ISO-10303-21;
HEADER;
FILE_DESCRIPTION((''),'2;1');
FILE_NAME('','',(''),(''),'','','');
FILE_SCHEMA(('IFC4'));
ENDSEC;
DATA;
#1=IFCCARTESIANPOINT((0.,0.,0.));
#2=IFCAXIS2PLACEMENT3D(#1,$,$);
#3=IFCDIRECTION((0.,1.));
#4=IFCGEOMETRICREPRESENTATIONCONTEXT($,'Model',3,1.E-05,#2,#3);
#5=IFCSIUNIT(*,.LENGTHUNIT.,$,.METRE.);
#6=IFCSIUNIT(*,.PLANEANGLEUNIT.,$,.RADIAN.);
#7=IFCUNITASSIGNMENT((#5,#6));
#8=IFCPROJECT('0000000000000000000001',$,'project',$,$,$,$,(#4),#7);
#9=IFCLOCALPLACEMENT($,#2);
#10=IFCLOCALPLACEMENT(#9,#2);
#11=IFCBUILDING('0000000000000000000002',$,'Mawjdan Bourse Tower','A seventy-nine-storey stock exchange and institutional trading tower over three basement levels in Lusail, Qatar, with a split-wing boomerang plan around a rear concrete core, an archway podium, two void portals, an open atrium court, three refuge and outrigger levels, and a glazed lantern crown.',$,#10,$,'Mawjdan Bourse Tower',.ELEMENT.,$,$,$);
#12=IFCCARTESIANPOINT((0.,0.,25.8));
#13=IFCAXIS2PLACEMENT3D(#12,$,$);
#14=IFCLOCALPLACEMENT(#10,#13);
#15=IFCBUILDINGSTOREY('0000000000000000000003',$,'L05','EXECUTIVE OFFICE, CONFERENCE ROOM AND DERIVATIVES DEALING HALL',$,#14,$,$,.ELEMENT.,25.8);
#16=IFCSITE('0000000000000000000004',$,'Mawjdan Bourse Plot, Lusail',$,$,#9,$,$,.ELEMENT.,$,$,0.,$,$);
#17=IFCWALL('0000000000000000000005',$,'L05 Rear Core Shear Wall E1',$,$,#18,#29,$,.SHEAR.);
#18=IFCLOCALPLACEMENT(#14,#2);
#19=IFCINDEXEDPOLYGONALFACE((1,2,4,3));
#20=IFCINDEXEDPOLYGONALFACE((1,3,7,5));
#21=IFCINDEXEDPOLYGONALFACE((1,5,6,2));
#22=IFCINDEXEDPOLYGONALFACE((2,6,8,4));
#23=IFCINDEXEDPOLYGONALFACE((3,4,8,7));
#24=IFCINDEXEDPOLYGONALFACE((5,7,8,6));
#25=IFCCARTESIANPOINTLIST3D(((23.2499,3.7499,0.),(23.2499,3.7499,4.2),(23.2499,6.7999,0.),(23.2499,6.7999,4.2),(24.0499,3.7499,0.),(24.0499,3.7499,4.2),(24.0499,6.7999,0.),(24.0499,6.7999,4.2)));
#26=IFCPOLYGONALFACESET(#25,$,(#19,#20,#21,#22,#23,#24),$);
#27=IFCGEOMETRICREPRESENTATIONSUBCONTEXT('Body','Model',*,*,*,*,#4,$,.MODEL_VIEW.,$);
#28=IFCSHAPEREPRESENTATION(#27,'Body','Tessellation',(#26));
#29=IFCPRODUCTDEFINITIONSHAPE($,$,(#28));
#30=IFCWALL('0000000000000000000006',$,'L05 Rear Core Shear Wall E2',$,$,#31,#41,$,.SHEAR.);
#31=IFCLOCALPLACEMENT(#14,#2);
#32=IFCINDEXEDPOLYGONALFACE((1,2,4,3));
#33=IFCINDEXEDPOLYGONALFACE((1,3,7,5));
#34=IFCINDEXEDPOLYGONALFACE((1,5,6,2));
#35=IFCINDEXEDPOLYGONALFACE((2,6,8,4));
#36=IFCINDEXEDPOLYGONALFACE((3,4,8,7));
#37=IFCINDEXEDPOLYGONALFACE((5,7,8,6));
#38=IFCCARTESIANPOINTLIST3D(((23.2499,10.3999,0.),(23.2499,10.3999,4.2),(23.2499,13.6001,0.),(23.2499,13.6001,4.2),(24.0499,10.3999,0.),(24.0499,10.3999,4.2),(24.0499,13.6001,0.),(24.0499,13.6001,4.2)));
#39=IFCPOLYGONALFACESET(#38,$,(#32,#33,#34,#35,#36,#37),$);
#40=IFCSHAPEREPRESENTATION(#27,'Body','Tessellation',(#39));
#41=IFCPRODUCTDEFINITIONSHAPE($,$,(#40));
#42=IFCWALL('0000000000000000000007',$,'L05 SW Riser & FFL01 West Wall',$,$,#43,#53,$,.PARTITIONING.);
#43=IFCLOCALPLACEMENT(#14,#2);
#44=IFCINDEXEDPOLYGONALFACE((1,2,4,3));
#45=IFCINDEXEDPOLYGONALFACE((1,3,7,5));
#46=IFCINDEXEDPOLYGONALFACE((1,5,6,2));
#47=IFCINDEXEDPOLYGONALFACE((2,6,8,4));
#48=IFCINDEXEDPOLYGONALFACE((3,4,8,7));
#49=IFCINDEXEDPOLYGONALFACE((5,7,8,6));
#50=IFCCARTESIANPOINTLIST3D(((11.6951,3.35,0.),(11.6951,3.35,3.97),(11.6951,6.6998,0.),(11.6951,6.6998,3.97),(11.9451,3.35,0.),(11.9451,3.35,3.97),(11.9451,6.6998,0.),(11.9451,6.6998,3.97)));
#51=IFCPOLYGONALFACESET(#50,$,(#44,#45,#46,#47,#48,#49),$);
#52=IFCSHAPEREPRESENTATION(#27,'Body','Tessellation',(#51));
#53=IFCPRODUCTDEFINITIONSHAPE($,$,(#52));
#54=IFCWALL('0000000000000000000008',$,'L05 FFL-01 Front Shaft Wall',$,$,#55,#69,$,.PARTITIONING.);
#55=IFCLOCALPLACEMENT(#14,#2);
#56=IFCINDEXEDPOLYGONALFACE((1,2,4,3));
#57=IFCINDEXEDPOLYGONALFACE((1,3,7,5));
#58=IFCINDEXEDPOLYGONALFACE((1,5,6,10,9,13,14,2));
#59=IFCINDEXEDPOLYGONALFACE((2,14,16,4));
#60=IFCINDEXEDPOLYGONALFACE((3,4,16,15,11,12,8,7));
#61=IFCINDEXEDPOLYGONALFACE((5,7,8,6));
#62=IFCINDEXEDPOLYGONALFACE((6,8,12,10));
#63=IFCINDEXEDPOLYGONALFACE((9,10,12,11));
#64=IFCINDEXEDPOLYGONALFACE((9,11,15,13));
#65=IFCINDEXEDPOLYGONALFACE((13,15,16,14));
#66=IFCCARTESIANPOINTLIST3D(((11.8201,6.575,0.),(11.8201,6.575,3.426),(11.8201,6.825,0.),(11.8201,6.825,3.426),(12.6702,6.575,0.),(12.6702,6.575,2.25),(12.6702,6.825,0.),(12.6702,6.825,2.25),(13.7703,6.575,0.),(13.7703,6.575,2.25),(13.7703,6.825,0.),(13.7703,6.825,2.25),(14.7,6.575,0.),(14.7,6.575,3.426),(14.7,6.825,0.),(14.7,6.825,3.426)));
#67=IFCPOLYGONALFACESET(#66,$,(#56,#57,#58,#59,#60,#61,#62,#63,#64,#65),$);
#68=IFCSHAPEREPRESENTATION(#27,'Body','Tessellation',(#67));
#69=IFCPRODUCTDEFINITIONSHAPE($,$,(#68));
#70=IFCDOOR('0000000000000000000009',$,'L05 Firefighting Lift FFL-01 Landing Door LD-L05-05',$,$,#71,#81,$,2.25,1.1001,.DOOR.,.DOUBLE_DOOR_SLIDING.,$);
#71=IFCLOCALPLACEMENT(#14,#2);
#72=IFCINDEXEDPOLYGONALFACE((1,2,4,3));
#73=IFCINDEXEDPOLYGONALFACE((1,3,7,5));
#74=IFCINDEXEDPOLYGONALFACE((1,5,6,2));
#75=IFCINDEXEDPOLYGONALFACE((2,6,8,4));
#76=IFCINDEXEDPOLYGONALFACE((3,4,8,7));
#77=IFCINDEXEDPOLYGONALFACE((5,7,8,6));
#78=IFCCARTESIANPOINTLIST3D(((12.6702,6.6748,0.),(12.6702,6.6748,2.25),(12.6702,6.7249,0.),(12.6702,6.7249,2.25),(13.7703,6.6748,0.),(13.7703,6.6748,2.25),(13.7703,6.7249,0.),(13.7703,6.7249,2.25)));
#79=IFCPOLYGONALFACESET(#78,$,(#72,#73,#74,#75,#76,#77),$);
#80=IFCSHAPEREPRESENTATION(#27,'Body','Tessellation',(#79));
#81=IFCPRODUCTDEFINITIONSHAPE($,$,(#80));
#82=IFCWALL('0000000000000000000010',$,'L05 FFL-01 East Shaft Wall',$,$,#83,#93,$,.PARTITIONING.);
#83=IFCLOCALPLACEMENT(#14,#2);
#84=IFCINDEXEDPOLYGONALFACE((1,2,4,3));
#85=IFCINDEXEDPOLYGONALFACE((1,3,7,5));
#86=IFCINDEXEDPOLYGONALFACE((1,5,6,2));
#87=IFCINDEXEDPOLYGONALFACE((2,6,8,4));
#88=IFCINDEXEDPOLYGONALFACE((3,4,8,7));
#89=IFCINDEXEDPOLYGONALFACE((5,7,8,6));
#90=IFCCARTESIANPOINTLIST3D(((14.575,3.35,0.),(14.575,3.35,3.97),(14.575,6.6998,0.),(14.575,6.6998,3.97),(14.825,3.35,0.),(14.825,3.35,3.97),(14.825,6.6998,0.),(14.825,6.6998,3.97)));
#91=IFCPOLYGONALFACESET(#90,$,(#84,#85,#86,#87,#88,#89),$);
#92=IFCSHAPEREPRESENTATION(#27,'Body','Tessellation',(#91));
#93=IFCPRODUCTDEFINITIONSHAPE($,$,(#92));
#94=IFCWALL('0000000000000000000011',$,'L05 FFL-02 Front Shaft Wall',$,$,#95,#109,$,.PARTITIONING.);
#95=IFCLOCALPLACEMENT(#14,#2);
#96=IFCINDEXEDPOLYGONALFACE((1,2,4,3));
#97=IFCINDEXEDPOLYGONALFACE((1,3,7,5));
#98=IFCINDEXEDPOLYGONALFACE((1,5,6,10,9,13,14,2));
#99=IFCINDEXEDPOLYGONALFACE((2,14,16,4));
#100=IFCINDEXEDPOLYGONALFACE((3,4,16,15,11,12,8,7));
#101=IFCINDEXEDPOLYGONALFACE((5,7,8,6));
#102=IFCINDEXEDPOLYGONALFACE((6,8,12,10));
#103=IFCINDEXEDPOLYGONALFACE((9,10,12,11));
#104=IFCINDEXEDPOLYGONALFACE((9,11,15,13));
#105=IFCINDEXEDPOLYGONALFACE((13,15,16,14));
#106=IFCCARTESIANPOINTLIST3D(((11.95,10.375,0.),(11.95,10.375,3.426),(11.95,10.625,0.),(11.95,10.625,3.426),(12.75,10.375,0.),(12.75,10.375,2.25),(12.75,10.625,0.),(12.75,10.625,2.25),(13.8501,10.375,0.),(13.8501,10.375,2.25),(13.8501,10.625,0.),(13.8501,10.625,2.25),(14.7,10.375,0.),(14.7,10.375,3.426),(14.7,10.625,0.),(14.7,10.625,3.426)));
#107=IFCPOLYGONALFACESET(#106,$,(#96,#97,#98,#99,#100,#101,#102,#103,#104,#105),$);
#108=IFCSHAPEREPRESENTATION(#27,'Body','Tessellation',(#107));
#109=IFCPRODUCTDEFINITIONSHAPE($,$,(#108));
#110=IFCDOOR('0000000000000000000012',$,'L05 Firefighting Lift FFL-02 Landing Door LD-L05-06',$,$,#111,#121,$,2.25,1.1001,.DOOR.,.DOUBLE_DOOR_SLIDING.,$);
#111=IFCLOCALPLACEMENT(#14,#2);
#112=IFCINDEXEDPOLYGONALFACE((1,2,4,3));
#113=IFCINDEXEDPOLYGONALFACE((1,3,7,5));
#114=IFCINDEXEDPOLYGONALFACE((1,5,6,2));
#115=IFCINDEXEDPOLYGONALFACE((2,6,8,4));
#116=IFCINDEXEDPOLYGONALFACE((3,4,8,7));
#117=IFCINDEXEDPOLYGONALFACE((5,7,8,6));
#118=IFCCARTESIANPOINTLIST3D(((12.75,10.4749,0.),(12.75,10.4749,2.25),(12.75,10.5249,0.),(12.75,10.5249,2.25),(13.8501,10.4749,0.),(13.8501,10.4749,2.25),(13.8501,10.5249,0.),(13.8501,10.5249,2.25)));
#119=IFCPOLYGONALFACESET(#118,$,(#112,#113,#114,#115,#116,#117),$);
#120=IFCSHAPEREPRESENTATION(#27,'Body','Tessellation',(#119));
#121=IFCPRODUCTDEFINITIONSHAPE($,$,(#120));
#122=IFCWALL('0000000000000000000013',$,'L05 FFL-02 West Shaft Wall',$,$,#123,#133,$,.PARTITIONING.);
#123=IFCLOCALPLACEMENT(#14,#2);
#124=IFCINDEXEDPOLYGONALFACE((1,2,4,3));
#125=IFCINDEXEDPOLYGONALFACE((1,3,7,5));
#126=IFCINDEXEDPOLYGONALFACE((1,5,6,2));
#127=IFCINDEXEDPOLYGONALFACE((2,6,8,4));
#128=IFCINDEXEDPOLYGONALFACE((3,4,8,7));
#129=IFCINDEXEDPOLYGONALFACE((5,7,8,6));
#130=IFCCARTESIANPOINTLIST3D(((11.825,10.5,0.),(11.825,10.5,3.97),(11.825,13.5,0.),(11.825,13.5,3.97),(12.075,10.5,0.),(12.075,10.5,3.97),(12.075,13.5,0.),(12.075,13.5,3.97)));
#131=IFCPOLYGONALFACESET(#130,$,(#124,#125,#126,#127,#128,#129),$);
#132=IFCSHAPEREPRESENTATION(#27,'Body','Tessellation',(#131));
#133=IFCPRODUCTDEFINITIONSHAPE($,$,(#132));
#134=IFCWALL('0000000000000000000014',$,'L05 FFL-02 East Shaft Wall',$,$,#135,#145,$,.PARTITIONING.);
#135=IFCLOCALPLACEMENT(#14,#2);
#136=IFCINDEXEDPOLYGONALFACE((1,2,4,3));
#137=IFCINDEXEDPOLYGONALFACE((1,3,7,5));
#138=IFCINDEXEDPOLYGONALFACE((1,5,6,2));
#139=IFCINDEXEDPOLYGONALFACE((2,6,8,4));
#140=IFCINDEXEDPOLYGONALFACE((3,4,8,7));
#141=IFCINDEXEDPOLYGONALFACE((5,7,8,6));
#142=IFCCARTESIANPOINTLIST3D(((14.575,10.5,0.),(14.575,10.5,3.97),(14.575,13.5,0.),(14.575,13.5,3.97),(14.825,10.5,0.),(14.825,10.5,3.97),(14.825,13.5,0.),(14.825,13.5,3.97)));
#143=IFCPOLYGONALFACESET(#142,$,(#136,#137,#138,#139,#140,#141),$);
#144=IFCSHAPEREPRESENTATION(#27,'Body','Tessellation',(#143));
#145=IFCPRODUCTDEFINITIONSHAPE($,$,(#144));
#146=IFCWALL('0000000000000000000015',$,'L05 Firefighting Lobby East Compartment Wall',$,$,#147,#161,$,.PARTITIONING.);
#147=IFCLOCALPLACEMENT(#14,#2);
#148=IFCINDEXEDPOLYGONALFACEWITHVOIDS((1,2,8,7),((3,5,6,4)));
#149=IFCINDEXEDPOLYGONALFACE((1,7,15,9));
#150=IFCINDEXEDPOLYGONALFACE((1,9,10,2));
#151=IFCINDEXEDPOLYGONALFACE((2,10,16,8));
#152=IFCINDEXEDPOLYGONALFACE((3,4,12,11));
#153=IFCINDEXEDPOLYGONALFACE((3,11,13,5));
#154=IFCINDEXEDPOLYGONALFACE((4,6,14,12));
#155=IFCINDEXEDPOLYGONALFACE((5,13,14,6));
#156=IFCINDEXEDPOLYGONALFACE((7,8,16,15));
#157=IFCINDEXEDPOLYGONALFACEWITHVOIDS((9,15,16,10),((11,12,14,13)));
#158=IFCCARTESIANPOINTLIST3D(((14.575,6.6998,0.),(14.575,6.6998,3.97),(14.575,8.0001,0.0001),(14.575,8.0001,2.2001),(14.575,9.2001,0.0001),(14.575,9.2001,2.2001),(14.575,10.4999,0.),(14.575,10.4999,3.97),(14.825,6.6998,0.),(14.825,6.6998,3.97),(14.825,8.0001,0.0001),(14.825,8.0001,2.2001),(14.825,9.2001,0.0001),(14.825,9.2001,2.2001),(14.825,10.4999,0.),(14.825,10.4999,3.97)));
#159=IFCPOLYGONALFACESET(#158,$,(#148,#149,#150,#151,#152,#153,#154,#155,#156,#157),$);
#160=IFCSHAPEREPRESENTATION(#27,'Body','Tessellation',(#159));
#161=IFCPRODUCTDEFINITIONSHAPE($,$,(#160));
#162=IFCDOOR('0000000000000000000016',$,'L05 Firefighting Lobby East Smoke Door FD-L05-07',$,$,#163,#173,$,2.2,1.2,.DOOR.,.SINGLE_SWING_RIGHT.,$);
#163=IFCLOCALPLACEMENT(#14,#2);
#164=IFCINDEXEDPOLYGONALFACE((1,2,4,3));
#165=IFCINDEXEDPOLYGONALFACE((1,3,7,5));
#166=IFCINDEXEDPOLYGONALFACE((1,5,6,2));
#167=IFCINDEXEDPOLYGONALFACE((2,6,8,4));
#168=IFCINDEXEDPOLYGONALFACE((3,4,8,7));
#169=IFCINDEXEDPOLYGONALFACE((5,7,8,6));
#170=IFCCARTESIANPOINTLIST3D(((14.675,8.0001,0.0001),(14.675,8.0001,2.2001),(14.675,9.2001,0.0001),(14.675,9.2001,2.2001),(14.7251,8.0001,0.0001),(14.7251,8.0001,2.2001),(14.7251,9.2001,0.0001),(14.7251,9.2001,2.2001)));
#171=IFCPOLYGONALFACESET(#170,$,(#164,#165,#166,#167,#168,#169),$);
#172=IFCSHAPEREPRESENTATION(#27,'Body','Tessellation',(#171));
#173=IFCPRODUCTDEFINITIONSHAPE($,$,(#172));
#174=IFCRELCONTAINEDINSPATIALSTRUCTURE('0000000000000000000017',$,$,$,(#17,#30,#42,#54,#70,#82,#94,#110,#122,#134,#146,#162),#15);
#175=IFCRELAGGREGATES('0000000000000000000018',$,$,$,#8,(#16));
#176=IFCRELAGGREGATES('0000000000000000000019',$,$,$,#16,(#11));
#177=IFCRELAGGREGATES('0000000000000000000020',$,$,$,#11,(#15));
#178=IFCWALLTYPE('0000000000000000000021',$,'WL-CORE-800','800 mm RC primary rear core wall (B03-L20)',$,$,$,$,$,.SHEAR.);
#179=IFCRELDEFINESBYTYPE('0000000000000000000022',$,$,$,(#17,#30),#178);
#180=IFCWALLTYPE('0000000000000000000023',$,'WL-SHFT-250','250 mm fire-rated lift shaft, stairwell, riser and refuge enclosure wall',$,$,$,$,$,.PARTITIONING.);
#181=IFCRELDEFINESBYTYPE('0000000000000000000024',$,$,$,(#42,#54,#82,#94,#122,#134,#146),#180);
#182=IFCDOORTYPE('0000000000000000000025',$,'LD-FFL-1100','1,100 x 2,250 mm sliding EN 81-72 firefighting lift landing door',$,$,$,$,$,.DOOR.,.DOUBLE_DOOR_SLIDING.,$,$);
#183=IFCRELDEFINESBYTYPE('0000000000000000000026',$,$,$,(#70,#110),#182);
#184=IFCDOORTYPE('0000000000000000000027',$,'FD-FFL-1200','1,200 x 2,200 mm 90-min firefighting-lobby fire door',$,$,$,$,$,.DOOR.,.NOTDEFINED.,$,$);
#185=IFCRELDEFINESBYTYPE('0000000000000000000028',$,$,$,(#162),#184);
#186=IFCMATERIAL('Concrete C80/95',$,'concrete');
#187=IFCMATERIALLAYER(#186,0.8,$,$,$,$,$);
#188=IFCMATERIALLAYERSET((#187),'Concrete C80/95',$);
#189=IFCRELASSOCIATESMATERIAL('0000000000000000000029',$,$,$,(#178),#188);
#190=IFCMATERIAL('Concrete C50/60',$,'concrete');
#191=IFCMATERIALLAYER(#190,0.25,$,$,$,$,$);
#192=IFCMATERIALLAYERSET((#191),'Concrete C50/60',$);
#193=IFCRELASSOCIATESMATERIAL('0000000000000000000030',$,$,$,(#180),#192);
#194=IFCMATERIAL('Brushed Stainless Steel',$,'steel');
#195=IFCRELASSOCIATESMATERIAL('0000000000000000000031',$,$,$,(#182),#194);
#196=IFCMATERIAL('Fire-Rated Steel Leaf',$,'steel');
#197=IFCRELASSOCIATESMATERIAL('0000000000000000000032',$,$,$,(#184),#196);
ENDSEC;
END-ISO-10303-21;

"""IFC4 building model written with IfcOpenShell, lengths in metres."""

from ifc_helpers import new_model, si_unit, direction, frame, frame_2d, origin, place, context, subcontext, project, spatial, rectangle, extrude, material, layer, layer_set, type_object, element, fill, save


model = new_model("IFC4")

# Units and contexts
model_context = context("Model", 3, precision=1e-05, world=origin(), true_north=direction((0.0, 1.0)))
body_context = subcontext(model_context, "Body", "Model", "MODEL_VIEW")
ifc_project = project(units=[si_unit("LENGTHUNIT", "METRE"), si_unit("PLANEANGLEUNIT", "RADIAN")], contexts=[model_context])

# Site, building, storey
site_placement = place(None, origin())
site = spatial("IfcSite", under=ifc_project, at=site_placement, Name="Mawjdan Bourse Plot, Lusail", CompositionType="ELEMENT", RefElevation=0.0)
building_placement = place(site_placement, origin())
building = spatial("IfcBuilding", under=site, at=building_placement, Name="Mawjdan Bourse Tower", Description="A seventy-nine-storey stock exchange and institutional trading tower over three basement levels in Lusail, Qatar, with a split-wing boomerang plan around a rear concrete core, an archway podium, two void portals, an open atrium court, three refuge and outrigger levels, and a glazed lantern crown.", LongName="Mawjdan Bourse Tower", CompositionType="ELEMENT")
storey_placement = place(building_placement, frame((0.0, 0.0, 25.8)))
storey = spatial("IfcBuildingStorey", under=building, at=storey_placement, Name="L05", Description="EXECUTIVE OFFICE, CONFERENCE ROOM AND DERIVATIVES DEALING HALL", CompositionType="ELEMENT", Elevation=25.8)

# Walls
ifc_material_1 = material(Name="Concrete C80/95", Category="concrete")
ifc_layer_1 = layer(ifc_material_1, 0.8)
ifc_layer_set_1 = layer_set([ifc_layer_1], Name="Concrete C80/95")
wall_type_1 = type_object("IfcWallType", Name="WL-CORE-800", Description="800 mm RC primary rear core wall (B03-L20)", PredefinedType="SHEAR", material=ifc_layer_set_1)
wall_1_placement = place(storey_placement, frame((23.6499, 3.75, 0.0), z_axis=(0.0, 0.0, 1.0), x_axis=(0.0, 1.0, 0.0)))
element("IfcWall", 1, at=wall_1_placement, inside=storey, type_object=wall_type_1, Name="L05 Rear Core Shear Wall E1", PredefinedType="SHEAR", context=body_context, shape_type="SweptSolid", body=[
    extrude(rectangle(XDim=3.05, YDim=0.8, at=frame_2d((1.5249, 0.0))), origin(), (0.0, 0.0, 1.0), 4.2),
])
wall_2_placement = place(storey_placement, frame((23.6499, 10.3999, 0.0), z_axis=(0.0, 0.0, 1.0), x_axis=(0.0, 1.0, 0.0)))
element("IfcWall", 2, at=wall_2_placement, inside=storey, type_object=wall_type_1, Name="L05 Rear Core Shear Wall E2", PredefinedType="SHEAR", context=body_context, shape_type="SweptSolid", body=[
    extrude(rectangle(XDim=3.2002, YDim=0.8, at=frame_2d((1.6001, 0.0))), origin(), (0.0, 0.0, 1.0), 4.2),
])
ifc_material_2 = material(Name="Concrete C50/60", Category="concrete")
ifc_layer_2 = layer(ifc_material_2, 0.25)
ifc_layer_set_2 = layer_set([ifc_layer_2], Name="Concrete C50/60")
wall_type_2 = type_object("IfcWallType", Name="WL-SHFT-250", Description="250 mm fire-rated lift shaft, stairwell, riser and refuge enclosure wall", PredefinedType="PARTITIONING", material=ifc_layer_set_2)
wall_3_placement = place(storey_placement, frame((11.8201, 3.3501, 0.0), z_axis=(0.0, 0.0, 1.0), x_axis=(0.0, 1.0, 0.0)))
element("IfcWall", 3, at=wall_3_placement, inside=storey, type_object=wall_type_2, Name="L05 SW Riser & FFL01 West Wall", PredefinedType="PARTITIONING", context=body_context, shape_type="SweptSolid", body=[
    extrude(rectangle(XDim=3.3499, YDim=0.25, at=frame_2d((1.6748, 0.0))), origin(), (0.0, 0.0, 1.0), 3.97),
])

# Wall, opening, door
wall_4_placement = place(storey_placement, frame((11.8201, 6.7, 0.0), z_axis=(0.0, 0.0, 1.0), x_axis=(1.0, 0.0, 0.0)))
wall_4 = element("IfcWall", 4, at=wall_4_placement, inside=storey, type_object=wall_type_2, Name="L05 FFL-01 Front Shaft Wall", PredefinedType="PARTITIONING", context=body_context, shape_type="SweptSolid", body=[
    extrude(rectangle(XDim=2.8799, YDim=0.25, at=frame_2d((1.4399, 0.0))), origin(), (0.0, 0.0, 1.0), 3.426),
])
opening_1_placement = place(wall_4_placement, frame((0.8501, 0.0, 0.0)))
opening_1 = element("IfcOpeningElement", 5, at=opening_1_placement, cuts=wall_4, PredefinedType="OPENING", context=body_context, shape_type="SweptSolid", body=[
    extrude(rectangle(XDim=1.1001, YDim=2.25, at=frame_2d((0.55, 1.125))), frame((0.0, 0.135, 0.0), z_axis=(0.0, -1.0, 0.0), x_axis=(1.0, 0.0, 0.0)), (0.0, 0.0, 1.0), 0.27),
])
ifc_material_3 = material(Name="Brushed Stainless Steel", Category="steel")
door_type_1 = type_object("IfcDoorType", Name="LD-FFL-1100", Description="1,100 x 2,250 mm sliding EN 81-72 firefighting lift landing door", OperationType="DOUBLE_DOOR_SLIDING", PredefinedType="DOOR", material=ifc_material_3)
door_1_placement = place(opening_1_placement, origin())
door_1 = element("IfcDoor", 6, at=door_1_placement, inside=storey, type_object=door_type_1, Name="L05 Firefighting Lift FFL-01 Landing Door LD-L05-05", OperationType="DOUBLE_DOOR_SLIDING", OverallHeight=2.25, OverallWidth=1.1001, PredefinedType="DOOR", context=body_context, shape_type="SweptSolid", body=[
    extrude(rectangle(XDim=1.1001, YDim=2.25, at=frame_2d((0.55, 1.125))), frame((0.0, 0.0249, 0.0), z_axis=(0.0, -1.0, 0.0), x_axis=(1.0, 0.0, 0.0)), (0.0, 0.0, 1.0), 0.05),
])
fill(opening_1, door_1)

# Wall
wall_5_placement = place(storey_placement, frame((14.7, 3.3501, 0.0), z_axis=(0.0, 0.0, 1.0), x_axis=(0.0, 1.0, 0.0)))
element("IfcWall", 7, at=wall_5_placement, inside=storey, type_object=wall_type_2, Name="L05 FFL-01 East Shaft Wall", PredefinedType="PARTITIONING", context=body_context, shape_type="SweptSolid", body=[
    extrude(rectangle(XDim=3.3499, YDim=0.25, at=frame_2d((1.6748, 0.0))), origin(), (0.0, 0.0, 1.0), 3.97),
])

# Wall, opening, door
wall_6_placement = place(storey_placement, frame((11.95, 10.5, 0.0), z_axis=(0.0, 0.0, 1.0), x_axis=(1.0, 0.0, 0.0)))
wall_6 = element("IfcWall", 8, at=wall_6_placement, inside=storey, type_object=wall_type_2, Name="L05 FFL-02 Front Shaft Wall", PredefinedType="PARTITIONING", context=body_context, shape_type="SweptSolid", body=[
    extrude(rectangle(XDim=2.75, YDim=0.25, at=frame_2d((1.375, 0.0))), origin(), (0.0, 0.0, 1.0), 3.426),
])
opening_2_placement = place(wall_6_placement, frame((0.8, 0.0, 0.0)))
opening_2 = element("IfcOpeningElement", 9, at=opening_2_placement, cuts=wall_6, PredefinedType="OPENING", context=body_context, shape_type="SweptSolid", body=[
    extrude(rectangle(XDim=1.1001, YDim=2.25, at=frame_2d((0.55, 1.125))), frame((0.0, 0.135, 0.0), z_axis=(0.0, -1.0, 0.0), x_axis=(1.0, 0.0, 0.0)), (0.0, 0.0, 1.0), 0.27),
])
door_2_placement = place(opening_2_placement, origin())
door_2 = element("IfcDoor", 10, at=door_2_placement, inside=storey, type_object=door_type_1, Name="L05 Firefighting Lift FFL-02 Landing Door LD-L05-06", OperationType="DOUBLE_DOOR_SLIDING", OverallHeight=2.25, OverallWidth=1.1001, PredefinedType="DOOR", context=body_context, shape_type="SweptSolid", body=[
    extrude(rectangle(XDim=1.1001, YDim=2.25, at=frame_2d((0.55, 1.125))), frame((0.0, 0.0249, 0.0), z_axis=(0.0, -1.0, 0.0), x_axis=(1.0, 0.0, 0.0)), (0.0, 0.0, 1.0), 0.05),
])
fill(opening_2, door_2)

# Walls
for number, where, z_axis, x_axis, name in (
    (11, (11.95, 10.5, 0.0), (0.0, 0.0, 1.0), (0.0, 1.0, 0.0), "L05 FFL-02 West Shaft Wall"),
    (12, (14.7, 10.5, 0.0), (0.0, 0.0, 1.0), (0.0, 1.0, 0.0), "L05 FFL-02 East Shaft Wall"),
):
    element("IfcWall", number, at=place(storey_placement, frame(where, z_axis=z_axis, x_axis=x_axis)), inside=storey, type_object=wall_type_2, Name=name, PredefinedType="PARTITIONING", context=body_context, shape_type="SweptSolid", body=[
        extrude(rectangle(XDim=3.0, YDim=0.25, at=frame_2d((1.5, 0.0))), origin(), (0.0, 0.0, 1.0), 3.97),
    ])

# Wall, opening, door
wall_7_placement = place(storey_placement, frame((14.7, 6.7, 0.0), z_axis=(0.0, 0.0, 1.0), x_axis=(0.0, 1.0, 0.0)))
wall_7 = element("IfcWall", 13, at=wall_7_placement, inside=storey, type_object=wall_type_2, Name="L05 Firefighting Lobby East Compartment Wall", PredefinedType="PARTITIONING", context=body_context, shape_type="SweptSolid", body=[
    extrude(rectangle(XDim=3.8, YDim=0.25, at=frame_2d((1.8999, 0.0))), origin(), (0.0, 0.0, 1.0), 3.97),
])
opening_3_placement = place(wall_7_placement, frame((1.3, 0.0, 0.0)))
opening_3 = element("IfcOpeningElement", 14, at=opening_3_placement, cuts=wall_7, PredefinedType="OPENING", context=body_context, shape_type="SweptSolid", body=[
    extrude(rectangle(XDim=1.2, YDim=2.2, at=frame_2d((0.6001, 1.1001))), frame((0.0, 0.135, 0.0), z_axis=(0.0, -1.0, 0.0), x_axis=(1.0, 0.0, 0.0)), (0.0, 0.0, 1.0), 0.27),
])
ifc_material_4 = material(Name="Fire-Rated Steel Leaf", Category="steel")
door_type_2 = type_object("IfcDoorType", Name="FD-FFL-1200", Description="1,200 x 2,200 mm 90-min firefighting-lobby fire door", OperationType="NOTDEFINED", PredefinedType="DOOR", material=ifc_material_4)
door_3_placement = place(opening_3_placement, origin())
door_3 = element("IfcDoor", 15, at=door_3_placement, inside=storey, type_object=door_type_2, Name="L05 Firefighting Lobby East Smoke Door FD-L05-07", OperationType="SINGLE_SWING_RIGHT", OverallHeight=2.2, OverallWidth=1.2, PredefinedType="DOOR", context=body_context, shape_type="SweptSolid", body=[
    extrude(rectangle(XDim=1.2, YDim=2.2, at=frame_2d((0.6001, 1.1001))), frame((0.0, 0.0249, 0.0), z_axis=(0.0, -1.0, 0.0), x_axis=(1.0, 0.0, 0.0)), (0.0, 0.0, 1.0), 0.05),
])
fill(opening_3, door_3)

save(model, "model.ifc")
